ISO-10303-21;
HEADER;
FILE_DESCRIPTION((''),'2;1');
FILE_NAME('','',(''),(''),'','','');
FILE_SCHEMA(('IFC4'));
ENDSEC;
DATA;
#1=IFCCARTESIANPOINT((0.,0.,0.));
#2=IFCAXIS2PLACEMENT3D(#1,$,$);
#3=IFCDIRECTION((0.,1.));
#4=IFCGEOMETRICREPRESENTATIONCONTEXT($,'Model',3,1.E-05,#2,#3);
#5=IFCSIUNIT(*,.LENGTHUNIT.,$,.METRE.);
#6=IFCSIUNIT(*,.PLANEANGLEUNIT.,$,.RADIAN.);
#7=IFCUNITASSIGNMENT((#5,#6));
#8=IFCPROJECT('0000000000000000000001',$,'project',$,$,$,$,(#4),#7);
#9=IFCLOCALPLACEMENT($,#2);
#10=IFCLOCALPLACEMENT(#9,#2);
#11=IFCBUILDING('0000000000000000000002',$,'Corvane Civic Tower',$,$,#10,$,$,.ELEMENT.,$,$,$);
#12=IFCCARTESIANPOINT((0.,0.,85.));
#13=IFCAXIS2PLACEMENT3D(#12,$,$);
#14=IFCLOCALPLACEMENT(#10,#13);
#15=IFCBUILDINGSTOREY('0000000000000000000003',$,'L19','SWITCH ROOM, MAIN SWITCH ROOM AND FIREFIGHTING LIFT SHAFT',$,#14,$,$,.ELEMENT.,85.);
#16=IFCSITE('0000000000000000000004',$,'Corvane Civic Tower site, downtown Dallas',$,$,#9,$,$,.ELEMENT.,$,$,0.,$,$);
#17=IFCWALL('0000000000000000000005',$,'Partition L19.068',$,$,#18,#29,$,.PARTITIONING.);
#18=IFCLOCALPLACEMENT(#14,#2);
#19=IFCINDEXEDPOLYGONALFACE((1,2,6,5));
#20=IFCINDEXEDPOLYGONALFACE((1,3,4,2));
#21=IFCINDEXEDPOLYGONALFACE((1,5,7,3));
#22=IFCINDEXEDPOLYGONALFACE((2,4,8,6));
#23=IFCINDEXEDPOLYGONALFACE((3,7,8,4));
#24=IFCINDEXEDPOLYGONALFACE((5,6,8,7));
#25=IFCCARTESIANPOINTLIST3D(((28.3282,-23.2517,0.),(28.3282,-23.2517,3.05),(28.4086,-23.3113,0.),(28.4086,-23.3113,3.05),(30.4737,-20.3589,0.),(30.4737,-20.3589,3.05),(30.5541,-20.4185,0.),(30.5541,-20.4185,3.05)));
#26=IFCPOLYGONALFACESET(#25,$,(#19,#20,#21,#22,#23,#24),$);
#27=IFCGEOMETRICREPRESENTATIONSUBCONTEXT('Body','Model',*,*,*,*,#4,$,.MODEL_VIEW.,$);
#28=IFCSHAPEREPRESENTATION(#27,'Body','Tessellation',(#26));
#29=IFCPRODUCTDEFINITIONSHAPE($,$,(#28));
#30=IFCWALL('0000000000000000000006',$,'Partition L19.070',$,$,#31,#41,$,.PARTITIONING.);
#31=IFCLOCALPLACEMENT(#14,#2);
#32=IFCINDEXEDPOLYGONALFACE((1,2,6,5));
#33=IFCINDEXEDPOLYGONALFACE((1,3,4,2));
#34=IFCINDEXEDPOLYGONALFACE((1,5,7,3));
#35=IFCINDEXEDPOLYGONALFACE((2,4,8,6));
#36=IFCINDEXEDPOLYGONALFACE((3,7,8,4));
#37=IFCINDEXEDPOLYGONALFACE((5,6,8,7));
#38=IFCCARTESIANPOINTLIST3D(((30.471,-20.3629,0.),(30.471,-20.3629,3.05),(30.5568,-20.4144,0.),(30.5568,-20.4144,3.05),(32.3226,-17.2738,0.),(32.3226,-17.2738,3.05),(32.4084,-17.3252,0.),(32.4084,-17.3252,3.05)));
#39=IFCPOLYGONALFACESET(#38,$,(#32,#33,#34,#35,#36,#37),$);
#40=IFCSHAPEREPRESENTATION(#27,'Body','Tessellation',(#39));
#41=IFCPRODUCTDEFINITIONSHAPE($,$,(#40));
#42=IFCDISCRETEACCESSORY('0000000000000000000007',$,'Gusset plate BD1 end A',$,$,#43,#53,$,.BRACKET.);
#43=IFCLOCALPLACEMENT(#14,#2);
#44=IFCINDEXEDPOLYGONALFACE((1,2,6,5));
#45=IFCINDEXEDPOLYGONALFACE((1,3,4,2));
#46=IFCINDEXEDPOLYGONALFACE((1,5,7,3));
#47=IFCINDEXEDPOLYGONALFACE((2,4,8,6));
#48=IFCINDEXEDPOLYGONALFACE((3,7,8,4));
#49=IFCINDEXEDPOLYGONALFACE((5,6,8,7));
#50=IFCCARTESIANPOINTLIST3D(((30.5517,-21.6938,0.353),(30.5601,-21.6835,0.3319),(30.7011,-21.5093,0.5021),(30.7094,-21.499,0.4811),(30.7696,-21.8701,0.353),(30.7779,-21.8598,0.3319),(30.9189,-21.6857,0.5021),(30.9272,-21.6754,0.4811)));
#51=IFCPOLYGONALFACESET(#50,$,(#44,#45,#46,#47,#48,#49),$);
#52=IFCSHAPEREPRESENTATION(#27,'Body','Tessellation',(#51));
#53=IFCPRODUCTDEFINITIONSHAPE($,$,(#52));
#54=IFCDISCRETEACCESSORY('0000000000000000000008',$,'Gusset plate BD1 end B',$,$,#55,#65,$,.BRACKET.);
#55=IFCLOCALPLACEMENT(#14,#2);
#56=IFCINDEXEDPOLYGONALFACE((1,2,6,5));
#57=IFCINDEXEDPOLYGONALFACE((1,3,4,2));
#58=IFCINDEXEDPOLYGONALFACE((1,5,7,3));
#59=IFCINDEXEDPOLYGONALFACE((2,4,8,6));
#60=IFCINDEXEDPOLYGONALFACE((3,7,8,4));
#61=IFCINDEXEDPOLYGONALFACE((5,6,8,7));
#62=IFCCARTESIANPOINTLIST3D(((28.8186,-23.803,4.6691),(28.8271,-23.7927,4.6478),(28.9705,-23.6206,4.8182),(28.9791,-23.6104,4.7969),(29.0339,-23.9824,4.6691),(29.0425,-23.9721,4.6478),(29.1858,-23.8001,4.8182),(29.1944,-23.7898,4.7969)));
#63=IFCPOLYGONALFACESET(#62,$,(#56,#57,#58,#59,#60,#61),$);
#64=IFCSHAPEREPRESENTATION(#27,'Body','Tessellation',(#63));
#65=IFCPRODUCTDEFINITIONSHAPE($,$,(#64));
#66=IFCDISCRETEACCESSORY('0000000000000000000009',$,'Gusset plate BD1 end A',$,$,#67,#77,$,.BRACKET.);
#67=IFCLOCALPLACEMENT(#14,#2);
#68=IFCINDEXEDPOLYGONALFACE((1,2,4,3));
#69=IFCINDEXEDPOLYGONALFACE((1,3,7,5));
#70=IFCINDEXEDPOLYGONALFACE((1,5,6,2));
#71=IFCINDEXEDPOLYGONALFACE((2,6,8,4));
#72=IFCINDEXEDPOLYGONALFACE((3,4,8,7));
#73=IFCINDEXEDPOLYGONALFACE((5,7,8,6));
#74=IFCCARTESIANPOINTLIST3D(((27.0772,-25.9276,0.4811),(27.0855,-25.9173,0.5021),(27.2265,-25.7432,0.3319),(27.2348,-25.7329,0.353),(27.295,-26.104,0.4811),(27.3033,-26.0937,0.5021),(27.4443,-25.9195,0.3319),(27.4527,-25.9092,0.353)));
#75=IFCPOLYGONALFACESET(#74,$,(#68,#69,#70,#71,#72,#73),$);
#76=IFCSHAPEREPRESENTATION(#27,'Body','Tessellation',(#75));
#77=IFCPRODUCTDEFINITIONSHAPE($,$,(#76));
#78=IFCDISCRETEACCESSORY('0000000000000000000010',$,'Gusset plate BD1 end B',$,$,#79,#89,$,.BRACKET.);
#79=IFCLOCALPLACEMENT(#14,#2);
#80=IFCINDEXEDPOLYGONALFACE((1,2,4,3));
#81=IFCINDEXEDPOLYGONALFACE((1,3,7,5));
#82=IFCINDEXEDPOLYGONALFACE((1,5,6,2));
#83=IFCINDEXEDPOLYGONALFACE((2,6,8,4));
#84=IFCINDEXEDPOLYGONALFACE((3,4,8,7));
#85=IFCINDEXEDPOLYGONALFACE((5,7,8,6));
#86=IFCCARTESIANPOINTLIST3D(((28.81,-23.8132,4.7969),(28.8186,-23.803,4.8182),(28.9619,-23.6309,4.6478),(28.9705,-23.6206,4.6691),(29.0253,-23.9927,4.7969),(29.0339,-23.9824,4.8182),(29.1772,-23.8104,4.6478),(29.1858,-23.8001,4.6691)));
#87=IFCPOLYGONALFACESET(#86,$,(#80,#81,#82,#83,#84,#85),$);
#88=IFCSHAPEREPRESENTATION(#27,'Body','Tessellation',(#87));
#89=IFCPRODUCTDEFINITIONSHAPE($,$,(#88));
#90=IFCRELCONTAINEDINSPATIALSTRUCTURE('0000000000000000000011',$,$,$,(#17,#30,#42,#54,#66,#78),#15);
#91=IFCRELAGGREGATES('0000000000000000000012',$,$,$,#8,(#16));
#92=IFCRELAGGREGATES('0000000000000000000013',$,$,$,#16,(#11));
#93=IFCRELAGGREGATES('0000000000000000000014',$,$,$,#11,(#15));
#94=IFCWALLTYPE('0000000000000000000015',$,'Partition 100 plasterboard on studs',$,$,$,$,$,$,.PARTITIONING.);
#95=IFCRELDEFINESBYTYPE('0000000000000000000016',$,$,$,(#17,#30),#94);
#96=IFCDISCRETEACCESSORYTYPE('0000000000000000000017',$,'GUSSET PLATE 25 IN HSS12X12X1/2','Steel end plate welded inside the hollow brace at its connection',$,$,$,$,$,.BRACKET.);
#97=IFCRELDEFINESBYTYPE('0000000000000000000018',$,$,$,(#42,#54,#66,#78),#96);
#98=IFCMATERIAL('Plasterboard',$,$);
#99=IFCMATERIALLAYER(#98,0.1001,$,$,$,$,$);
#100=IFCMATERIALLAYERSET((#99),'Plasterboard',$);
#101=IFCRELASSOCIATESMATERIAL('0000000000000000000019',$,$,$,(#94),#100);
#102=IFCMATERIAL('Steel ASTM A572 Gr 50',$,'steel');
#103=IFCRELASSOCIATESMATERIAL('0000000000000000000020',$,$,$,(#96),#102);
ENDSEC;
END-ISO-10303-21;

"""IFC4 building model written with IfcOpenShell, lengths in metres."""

from ifc_helpers import new_model, si_unit, direction, frame, frame_2d, origin, origin_2d, place, context, subcontext, project, spatial, rectangle, extrude, material, layer, layer_set, material_profile, profile_set, type_object, element, save


model = new_model("IFC4")

# Units and contexts
model_context = context("Model", 3, precision=1e-05, world=origin(), true_north=direction((0.0, 1.0)))
body_context = subcontext(model_context, "Body", "Model", "MODEL_VIEW")
ifc_project = project(units=[si_unit("LENGTHUNIT", "METRE"), si_unit("PLANEANGLEUNIT", "RADIAN")], contexts=[model_context])

# Site, building, storey
site_placement = place(None, origin())
site = spatial("IfcSite", under=ifc_project, at=site_placement, Name="Corvane Civic Tower site, downtown Dallas", CompositionType="ELEMENT", RefElevation=0.0)
building_placement = place(site_placement, origin())
building = spatial("IfcBuilding", under=site, at=building_placement, Name="Corvane Civic Tower", CompositionType="ELEMENT")
storey_placement = place(building_placement, frame((0.0, 0.0, 85.0)))
storey = spatial("IfcBuildingStorey", under=building, at=storey_placement, Name="L19", Description="SWITCH ROOM, MAIN SWITCH ROOM AND FIREFIGHTING LIFT SHAFT", CompositionType="ELEMENT", Elevation=85.0)

# Walls
ifc_material_1 = material(Name="Plasterboard")
ifc_layer = layer(ifc_material_1, 0.1001)
ifc_layer_set = layer_set([ifc_layer], Name="Plasterboard")
wall_type = type_object("IfcWallType", Name="Partition 100 plasterboard on studs", PredefinedType="PARTITIONING", material=ifc_layer_set)
for number, where, z_axis, x_axis, name in (
    (1, (28.3684, -23.2815, 0.0), (0.0, 0.0, 1.0), (0.595707, 0.803202, 0.0), "Partition L19.068"),
    (2, (30.5139, -20.3887, 0.0), (0.0, 0.0, 1.0), (0.514107, 0.857726, 0.0), "Partition L19.070"),
):
    element("IfcWall", number, at=place(storey_placement, frame(where, z_axis=z_axis, x_axis=x_axis)), inside=storey, type_object=wall_type, Name=name, PredefinedType="PARTITIONING", context=body_context, shape_type="SweptSolid", body=[
        extrude(rectangle(XDim=3.6016, YDim=0.1001, at=frame_2d((1.8008, 0.0))), origin(), (0.0, 0.0, 1.0), 3.05),
    ])

# Discrete accessories
ifc_material_2 = material(Name="Steel ASTM A572 Gr 50", Category="steel")
ifc_material_profile_1 = material_profile(ifc_material_2, rectangle(XDim=0.2803, YDim=0.2803, at=origin_2d()), Name="GUSSET PLATE 25 IN HSS12X12X1/2")
ifc_profile_set_1 = profile_set([ifc_material_profile_1], Name="Steel ASTM A572 Gr 50")
discrete_accessory_type = type_object("IfcDiscreteAccessoryType", Name="GUSSET PLATE 25 IN HSS12X12X1/2", Description="Steel end plate welded inside the hollow brace at its connection", PredefinedType="BRACKET", material=ifc_profile_set_1)
discrete_accessory_1_placement = place(storey_placement, frame((30.7437, -21.6794, 0.4065), z_axis=(-0.334752, -0.413517, 0.846726), x_axis=(0.777245, -0.629198, 0.0)))
element("IfcDiscreteAccessory", 3, at=discrete_accessory_1_placement, inside=storey, type_object=discrete_accessory_type, Name="Gusset plate BD1 end A", PredefinedType="BRACKET", context=body_context, shape_type="SweptSolid", body=[
    extrude(rectangle(XDim=0.2803, YDim=0.2803, at=origin_2d()), origin(), (0.0, 0.0, 1.0), 0.0249),
])
discrete_accessory_2_placement = place(storey_placement, frame((29.0022, -23.8015, 4.7437), z_axis=(0.340626, 0.408751, -0.846698), x_axis=(-0.768221, 0.640184, 0.0)))
element("IfcDiscreteAccessory", 4, at=discrete_accessory_2_placement, inside=storey, type_object=discrete_accessory_type, Name="Gusset plate BD1 end B", PredefinedType="BRACKET", context=body_context, shape_type="SweptSolid", body=[
    extrude(rectangle(XDim=0.2803, YDim=0.2803, at=origin_2d()), origin(), (0.0, 0.0, 1.0), 0.0251),
])
discrete_accessory_3_placement = place(storey_placement, frame((27.2607, -25.9236, 0.4065), z_axis=(0.334752, 0.413517, 0.846726), x_axis=(-0.777245, 0.629198, 0.0)))
element("IfcDiscreteAccessory", 5, at=discrete_accessory_3_placement, inside=storey, type_object=discrete_accessory_type, Name="Gusset plate BD1 end A", PredefinedType="BRACKET", context=body_context, shape_type="SweptSolid", body=[
    extrude(rectangle(XDim=0.2803, YDim=0.2803, at=origin_2d()), origin(), (0.0, 0.0, 1.0), 0.0249),
])
discrete_accessory_4_placement = place(storey_placement, frame((29.0022, -23.8015, 4.7437), z_axis=(-0.340626, -0.408751, -0.846698), x_axis=(0.768221, -0.640184, 0.0)))
element("IfcDiscreteAccessory", 6, at=discrete_accessory_4_placement, inside=storey, type_object=discrete_accessory_type, Name="Gusset plate BD1 end B", PredefinedType="BRACKET", context=body_context, shape_type="SweptSolid", body=[
    extrude(rectangle(XDim=0.2803, YDim=0.2803, at=origin_2d()), origin(), (0.0, 0.0, 1.0), 0.0251),
])

save(model, "model.ifc")
